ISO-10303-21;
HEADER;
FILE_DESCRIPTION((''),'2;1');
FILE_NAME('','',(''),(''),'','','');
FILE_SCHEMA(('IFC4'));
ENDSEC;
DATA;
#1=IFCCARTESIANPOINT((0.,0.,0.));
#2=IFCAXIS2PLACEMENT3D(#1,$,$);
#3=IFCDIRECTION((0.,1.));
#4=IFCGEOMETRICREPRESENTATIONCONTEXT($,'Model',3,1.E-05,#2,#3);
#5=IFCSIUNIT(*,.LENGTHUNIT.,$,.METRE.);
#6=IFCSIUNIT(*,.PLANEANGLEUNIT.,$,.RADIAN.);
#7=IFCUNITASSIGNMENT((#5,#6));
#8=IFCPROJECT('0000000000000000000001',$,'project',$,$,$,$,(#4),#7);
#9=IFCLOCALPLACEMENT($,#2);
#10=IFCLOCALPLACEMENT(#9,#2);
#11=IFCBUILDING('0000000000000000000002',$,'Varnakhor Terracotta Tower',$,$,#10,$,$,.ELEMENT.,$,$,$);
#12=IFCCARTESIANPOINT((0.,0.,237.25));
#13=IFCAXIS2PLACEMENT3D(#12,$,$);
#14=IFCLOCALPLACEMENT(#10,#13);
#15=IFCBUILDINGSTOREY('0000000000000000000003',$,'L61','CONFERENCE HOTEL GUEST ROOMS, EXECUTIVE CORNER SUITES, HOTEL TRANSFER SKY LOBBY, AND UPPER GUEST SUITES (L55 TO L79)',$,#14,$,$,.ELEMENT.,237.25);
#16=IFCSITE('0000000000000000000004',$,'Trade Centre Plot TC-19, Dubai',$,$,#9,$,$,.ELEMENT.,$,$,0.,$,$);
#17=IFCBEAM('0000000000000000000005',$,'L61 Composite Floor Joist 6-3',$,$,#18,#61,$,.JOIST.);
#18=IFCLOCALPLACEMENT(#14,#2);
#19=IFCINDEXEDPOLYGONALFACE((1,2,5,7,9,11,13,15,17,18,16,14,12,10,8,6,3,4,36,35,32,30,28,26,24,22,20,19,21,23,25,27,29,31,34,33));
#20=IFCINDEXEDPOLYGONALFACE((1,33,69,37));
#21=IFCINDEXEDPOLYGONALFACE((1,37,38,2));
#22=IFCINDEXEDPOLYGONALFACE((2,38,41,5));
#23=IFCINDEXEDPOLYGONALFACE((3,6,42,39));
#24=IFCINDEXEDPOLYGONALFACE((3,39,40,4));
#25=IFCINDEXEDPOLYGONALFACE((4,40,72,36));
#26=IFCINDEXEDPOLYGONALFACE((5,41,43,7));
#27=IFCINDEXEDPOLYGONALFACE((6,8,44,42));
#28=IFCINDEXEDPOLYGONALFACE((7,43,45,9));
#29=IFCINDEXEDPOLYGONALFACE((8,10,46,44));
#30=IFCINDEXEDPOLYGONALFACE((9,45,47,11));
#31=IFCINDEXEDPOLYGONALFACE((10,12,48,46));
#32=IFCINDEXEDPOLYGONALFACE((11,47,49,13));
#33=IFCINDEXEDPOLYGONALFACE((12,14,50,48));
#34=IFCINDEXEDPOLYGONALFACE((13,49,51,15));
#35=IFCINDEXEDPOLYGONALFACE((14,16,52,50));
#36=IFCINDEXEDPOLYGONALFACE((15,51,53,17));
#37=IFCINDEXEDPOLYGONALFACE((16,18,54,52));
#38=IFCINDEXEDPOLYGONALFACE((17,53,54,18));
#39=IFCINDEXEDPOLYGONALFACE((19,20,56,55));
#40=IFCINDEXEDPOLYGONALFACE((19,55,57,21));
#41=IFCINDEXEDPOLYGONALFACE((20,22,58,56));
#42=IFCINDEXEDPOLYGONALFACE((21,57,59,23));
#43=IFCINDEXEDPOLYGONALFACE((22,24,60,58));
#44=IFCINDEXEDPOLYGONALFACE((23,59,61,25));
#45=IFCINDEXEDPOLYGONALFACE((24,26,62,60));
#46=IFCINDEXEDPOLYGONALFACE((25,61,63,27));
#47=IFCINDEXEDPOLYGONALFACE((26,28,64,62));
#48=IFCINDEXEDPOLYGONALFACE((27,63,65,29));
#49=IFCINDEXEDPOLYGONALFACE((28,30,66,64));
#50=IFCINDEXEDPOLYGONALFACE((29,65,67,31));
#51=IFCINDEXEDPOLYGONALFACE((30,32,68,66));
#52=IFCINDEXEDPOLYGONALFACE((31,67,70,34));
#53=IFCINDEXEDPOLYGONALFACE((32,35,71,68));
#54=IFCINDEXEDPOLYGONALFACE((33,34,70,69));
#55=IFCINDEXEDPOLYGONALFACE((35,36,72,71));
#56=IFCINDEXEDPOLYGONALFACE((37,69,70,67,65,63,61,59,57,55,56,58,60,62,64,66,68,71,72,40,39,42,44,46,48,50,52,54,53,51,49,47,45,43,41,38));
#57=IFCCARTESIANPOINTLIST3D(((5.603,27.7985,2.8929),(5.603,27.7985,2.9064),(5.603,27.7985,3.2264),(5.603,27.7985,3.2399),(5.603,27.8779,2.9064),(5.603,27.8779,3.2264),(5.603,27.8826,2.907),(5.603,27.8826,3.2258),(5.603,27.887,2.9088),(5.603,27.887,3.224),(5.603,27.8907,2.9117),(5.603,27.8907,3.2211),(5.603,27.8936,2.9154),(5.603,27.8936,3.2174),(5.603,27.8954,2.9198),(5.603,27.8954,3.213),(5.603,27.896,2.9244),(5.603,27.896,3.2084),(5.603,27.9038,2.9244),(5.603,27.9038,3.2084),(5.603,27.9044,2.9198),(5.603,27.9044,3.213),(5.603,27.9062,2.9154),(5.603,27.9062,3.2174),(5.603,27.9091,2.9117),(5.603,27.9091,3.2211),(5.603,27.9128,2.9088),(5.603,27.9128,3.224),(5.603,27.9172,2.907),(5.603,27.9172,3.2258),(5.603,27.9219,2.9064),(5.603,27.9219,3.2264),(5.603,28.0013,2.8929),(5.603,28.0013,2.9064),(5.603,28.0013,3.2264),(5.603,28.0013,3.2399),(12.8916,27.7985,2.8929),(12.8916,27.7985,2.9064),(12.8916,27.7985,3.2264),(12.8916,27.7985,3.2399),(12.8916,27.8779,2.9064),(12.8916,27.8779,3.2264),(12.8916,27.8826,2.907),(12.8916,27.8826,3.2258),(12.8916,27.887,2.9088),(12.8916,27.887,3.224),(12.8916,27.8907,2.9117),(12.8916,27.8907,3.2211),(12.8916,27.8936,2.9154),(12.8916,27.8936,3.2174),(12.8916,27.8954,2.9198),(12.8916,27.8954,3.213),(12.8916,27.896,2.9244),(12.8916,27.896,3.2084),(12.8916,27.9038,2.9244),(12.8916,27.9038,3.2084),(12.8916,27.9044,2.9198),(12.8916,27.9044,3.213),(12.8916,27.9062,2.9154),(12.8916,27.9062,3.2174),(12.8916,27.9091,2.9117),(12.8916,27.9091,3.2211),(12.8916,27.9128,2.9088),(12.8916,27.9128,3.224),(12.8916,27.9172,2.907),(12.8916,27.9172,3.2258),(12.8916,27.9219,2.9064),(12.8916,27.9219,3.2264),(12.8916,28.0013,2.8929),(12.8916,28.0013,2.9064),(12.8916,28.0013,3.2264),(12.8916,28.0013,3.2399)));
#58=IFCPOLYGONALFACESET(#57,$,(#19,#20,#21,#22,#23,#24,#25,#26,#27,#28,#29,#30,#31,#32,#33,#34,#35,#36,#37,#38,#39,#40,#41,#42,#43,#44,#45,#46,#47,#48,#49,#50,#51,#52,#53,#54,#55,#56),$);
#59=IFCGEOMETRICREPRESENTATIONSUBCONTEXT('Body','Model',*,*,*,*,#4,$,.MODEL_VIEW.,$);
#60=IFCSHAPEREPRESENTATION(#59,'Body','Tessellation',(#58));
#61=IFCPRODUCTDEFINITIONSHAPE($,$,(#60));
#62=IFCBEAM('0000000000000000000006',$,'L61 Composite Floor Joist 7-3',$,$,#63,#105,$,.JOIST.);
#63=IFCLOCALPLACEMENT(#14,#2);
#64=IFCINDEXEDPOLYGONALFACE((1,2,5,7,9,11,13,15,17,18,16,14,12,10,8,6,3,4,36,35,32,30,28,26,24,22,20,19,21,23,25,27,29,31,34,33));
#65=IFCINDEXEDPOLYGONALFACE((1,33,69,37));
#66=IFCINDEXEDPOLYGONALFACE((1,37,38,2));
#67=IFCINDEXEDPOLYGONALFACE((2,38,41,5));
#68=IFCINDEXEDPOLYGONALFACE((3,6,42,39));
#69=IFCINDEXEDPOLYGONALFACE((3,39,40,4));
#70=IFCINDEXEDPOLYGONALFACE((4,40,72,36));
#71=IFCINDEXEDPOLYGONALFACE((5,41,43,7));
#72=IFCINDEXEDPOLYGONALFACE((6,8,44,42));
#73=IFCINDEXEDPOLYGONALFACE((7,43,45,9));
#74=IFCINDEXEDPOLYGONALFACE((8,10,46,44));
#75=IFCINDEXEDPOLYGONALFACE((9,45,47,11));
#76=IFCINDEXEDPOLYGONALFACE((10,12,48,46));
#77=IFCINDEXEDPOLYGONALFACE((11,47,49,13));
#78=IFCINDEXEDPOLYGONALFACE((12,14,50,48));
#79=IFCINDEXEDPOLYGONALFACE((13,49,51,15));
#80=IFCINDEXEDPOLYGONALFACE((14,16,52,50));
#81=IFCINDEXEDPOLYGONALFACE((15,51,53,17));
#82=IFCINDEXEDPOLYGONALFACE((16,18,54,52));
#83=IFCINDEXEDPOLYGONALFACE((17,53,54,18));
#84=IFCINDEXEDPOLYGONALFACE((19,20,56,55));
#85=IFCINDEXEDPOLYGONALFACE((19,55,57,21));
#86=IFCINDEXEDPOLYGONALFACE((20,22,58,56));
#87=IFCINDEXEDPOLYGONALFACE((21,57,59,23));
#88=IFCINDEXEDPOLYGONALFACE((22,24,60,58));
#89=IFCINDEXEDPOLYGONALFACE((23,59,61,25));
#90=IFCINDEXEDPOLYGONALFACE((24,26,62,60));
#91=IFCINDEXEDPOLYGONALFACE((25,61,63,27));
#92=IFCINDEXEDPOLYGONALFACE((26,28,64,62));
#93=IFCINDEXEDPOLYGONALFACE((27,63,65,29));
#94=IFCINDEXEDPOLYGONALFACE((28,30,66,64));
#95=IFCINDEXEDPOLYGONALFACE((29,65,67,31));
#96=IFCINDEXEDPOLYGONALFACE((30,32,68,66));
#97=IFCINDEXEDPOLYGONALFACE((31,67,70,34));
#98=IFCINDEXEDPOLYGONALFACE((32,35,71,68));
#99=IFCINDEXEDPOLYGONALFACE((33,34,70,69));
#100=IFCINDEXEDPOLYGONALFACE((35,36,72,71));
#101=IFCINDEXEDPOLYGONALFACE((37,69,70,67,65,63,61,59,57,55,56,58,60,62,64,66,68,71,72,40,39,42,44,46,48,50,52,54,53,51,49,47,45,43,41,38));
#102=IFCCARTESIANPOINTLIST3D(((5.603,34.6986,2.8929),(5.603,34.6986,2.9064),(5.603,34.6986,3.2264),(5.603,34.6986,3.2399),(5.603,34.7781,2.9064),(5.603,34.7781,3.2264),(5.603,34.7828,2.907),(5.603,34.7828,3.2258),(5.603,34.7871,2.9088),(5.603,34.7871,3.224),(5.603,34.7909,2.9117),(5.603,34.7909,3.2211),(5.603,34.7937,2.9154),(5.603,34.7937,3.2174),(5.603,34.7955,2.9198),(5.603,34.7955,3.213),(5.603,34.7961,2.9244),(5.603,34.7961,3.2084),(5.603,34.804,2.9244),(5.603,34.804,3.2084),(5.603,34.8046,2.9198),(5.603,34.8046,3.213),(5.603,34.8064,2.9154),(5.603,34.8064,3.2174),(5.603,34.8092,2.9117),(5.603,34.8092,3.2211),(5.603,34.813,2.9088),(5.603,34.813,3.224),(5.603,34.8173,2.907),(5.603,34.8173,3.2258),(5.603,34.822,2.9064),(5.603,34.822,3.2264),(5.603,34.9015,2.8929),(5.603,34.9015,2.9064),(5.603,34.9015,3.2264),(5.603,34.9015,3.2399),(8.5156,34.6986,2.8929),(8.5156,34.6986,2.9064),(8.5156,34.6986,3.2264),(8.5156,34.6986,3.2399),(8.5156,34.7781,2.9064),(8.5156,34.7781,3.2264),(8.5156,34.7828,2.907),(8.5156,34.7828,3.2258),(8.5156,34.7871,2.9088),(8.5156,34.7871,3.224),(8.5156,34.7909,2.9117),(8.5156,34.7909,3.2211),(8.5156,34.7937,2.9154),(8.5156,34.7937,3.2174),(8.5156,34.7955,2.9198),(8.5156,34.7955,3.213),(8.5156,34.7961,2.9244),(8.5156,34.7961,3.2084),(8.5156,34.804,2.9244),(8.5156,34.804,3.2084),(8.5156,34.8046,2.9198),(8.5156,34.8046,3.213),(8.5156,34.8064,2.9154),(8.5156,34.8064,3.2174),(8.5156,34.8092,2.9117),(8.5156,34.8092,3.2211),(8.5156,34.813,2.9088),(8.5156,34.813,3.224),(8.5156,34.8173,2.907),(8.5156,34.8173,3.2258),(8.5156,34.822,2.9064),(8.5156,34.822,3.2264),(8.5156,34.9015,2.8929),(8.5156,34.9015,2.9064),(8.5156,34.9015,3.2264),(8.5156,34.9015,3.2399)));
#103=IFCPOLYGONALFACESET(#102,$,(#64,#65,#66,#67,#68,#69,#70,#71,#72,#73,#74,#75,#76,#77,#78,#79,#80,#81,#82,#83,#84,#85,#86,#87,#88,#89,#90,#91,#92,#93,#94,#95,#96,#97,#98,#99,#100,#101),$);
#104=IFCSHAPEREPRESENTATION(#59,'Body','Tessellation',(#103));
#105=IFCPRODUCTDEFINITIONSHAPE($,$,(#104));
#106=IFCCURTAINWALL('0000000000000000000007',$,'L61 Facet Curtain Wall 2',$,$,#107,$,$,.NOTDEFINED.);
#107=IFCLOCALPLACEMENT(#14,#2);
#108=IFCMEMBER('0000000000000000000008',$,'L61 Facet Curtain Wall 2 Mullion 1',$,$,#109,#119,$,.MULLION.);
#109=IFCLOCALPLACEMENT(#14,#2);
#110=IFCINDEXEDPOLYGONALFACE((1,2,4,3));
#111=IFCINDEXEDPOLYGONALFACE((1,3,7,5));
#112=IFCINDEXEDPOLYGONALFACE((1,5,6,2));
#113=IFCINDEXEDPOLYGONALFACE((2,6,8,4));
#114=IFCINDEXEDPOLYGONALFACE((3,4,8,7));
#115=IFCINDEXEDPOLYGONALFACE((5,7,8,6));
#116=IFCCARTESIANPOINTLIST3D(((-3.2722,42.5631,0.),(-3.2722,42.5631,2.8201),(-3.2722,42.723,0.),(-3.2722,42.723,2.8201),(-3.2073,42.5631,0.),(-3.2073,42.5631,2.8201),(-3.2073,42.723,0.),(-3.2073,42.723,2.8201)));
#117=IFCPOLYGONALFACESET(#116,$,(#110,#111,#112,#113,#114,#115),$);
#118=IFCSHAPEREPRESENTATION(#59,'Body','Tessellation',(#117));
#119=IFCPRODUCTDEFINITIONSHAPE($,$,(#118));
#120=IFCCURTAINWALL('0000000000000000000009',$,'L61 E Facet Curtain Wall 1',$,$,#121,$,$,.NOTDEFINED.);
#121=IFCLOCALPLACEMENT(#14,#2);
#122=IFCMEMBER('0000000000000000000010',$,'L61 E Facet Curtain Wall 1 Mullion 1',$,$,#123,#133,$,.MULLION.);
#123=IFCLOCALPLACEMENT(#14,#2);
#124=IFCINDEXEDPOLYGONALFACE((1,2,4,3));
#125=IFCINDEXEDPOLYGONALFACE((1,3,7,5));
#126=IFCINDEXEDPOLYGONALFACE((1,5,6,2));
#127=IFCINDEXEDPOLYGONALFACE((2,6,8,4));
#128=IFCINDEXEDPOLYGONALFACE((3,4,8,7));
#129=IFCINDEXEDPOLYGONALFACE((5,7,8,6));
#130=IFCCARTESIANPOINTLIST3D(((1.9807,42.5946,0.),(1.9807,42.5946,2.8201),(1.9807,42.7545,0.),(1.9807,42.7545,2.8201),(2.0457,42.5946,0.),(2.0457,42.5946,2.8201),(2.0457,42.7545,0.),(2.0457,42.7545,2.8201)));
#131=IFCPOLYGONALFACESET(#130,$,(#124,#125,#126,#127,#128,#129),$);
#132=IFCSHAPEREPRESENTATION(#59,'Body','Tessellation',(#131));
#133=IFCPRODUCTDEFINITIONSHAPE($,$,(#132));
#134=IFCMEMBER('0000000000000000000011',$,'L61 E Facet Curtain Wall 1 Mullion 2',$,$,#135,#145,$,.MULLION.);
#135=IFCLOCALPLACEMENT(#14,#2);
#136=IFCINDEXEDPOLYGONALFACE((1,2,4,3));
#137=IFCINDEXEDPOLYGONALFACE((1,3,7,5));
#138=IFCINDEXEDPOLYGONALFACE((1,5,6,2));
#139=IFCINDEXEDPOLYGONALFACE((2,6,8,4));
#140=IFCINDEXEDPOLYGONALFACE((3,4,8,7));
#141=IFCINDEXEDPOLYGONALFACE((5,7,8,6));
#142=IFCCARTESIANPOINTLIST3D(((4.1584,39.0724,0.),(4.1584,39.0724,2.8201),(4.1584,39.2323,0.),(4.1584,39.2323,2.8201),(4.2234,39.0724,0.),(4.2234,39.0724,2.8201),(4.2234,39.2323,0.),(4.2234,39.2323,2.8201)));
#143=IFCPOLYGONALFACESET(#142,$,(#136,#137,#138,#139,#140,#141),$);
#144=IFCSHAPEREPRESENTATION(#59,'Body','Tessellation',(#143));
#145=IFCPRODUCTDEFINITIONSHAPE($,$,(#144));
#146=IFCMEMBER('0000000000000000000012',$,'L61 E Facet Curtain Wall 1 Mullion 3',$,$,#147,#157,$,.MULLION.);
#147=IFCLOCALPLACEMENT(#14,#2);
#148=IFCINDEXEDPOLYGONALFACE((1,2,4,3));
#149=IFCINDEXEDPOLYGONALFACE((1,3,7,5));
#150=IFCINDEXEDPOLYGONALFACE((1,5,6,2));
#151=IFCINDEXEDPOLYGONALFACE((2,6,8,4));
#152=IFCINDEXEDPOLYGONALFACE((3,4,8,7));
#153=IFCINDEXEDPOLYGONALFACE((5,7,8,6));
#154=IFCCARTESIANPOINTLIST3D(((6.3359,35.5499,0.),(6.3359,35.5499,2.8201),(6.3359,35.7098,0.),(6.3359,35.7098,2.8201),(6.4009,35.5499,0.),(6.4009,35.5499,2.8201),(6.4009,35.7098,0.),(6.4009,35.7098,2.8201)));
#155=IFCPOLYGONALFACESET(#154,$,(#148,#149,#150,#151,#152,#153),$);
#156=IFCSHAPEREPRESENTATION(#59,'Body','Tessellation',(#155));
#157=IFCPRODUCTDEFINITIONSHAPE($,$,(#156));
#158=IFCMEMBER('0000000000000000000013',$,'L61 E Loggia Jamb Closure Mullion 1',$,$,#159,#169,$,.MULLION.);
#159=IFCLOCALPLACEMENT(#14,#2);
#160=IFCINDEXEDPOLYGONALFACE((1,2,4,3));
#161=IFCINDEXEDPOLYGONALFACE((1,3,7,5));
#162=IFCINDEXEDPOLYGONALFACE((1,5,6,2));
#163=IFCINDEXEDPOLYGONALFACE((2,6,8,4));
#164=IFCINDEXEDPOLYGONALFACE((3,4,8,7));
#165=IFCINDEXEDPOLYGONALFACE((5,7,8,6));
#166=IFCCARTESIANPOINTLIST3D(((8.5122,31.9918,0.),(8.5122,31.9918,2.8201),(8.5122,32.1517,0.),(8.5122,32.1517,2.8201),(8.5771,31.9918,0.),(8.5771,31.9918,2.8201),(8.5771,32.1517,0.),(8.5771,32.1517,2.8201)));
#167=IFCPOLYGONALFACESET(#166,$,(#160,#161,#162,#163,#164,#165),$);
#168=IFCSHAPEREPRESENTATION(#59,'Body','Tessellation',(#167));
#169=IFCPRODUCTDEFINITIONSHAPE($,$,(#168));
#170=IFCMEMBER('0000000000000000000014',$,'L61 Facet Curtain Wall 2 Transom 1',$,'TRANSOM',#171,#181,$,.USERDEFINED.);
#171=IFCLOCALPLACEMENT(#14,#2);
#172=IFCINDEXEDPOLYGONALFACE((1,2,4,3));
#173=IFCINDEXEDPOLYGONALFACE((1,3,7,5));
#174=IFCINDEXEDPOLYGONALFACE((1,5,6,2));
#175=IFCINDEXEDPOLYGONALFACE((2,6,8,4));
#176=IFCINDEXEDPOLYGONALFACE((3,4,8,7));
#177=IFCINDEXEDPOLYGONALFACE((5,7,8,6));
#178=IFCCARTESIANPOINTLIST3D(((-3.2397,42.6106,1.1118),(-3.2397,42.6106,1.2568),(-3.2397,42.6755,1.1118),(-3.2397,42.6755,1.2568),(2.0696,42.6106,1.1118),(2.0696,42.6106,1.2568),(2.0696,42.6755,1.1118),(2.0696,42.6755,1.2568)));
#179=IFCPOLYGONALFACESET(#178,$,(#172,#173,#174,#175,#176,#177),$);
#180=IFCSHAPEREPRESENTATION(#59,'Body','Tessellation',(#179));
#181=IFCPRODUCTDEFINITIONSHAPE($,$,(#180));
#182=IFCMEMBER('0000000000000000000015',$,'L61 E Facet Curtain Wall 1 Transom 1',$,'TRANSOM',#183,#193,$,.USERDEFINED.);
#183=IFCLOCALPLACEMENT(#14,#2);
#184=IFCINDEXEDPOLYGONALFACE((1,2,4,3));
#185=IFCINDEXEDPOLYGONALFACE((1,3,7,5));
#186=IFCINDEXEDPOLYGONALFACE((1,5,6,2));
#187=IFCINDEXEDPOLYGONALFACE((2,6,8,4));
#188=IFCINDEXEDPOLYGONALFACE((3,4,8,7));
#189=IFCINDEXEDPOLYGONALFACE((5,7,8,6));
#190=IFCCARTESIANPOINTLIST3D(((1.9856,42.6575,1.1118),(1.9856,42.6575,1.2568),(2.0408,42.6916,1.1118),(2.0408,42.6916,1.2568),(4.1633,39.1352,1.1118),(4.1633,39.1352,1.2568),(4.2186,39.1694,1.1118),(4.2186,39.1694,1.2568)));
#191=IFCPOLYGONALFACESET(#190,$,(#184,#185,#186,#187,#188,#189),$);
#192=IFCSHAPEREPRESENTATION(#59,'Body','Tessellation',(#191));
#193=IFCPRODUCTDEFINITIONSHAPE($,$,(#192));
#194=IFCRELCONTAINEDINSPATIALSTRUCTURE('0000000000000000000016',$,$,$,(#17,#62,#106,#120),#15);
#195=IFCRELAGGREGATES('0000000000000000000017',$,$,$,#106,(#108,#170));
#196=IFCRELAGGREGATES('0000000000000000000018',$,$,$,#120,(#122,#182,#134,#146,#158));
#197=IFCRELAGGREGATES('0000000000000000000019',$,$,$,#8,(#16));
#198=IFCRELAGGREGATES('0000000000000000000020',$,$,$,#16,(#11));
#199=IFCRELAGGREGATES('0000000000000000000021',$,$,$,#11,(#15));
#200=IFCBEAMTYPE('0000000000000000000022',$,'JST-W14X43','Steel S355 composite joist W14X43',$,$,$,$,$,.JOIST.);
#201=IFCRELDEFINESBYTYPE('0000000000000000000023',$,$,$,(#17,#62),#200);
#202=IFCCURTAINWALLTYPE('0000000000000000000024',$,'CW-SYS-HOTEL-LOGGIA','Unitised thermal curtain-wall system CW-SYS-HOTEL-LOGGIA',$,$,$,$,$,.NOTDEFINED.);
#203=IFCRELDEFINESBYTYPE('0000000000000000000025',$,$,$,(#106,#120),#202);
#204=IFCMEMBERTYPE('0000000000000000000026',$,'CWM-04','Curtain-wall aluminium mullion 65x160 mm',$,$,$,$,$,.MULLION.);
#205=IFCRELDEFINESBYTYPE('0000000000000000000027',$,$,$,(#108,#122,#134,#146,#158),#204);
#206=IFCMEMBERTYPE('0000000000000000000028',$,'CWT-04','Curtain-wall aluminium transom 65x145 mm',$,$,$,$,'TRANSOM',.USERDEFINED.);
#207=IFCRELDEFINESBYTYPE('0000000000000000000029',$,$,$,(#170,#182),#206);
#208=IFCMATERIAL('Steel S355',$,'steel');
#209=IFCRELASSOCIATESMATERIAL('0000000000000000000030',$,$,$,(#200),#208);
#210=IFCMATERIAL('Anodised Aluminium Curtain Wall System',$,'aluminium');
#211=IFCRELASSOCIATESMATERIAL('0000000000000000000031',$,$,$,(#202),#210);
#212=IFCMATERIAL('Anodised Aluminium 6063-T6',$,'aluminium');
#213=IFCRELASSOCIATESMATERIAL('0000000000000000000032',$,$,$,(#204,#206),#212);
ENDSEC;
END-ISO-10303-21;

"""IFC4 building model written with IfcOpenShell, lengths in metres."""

from ifc_helpers import new_model, si_unit, direction, frame, origin, origin_2d, place, context, subcontext, project, spatial, rectangle, i_section, extrude, source, transform, mapped, material, material_profile, profile_set, type_object, type_shapes, element, aggregate, save


model = new_model("IFC4")

# Units and contexts
model_context = context("Model", 3, precision=1e-05, world=origin(), true_north=direction((0.0, 1.0)))
body_context = subcontext(model_context, "Body", "Model", "MODEL_VIEW")
ifc_project = project(units=[si_unit("LENGTHUNIT", "METRE"), si_unit("PLANEANGLEUNIT", "RADIAN")], contexts=[model_context])

# Site, building, storey
site_placement = place(None, origin())
site = spatial("IfcSite", under=ifc_project, at=site_placement, Name="Trade Centre Plot TC-19, Dubai", CompositionType="ELEMENT", RefElevation=0.0)
building_placement = place(site_placement, origin())
building = spatial("IfcBuilding", under=site, at=building_placement, Name="Varnakhor Terracotta Tower", CompositionType="ELEMENT")
storey_placement = place(building_placement, frame((0.0, 0.0, 237.25)))
storey = spatial("IfcBuildingStorey", under=building, at=storey_placement, Name="L61", Description="CONFERENCE HOTEL GUEST ROOMS, EXECUTIVE CORNER SUITES, HOTEL TRANSFER SKY LOBBY, AND UPPER GUEST SUITES (L55 TO L79)", CompositionType="ELEMENT", Elevation=237.25)

# Beams
ifc_material_1 = material(Name="Steel S355", Category="steel")
ifc_material_profile_1 = material_profile(ifc_material_1, i_section(OverallWidth=0.2029, OverallDepth=0.3469, WebThickness=0.0078, FlangeThickness=0.0134, FilletRadius=0.0181, at=origin_2d()), Name="W14X43")
ifc_profile_set_1 = profile_set([ifc_material_profile_1], Name="Steel S355")
beam_type_1 = type_object("IfcBeamType", Name="JST-W14X43", Description="Steel S355 composite joist W14X43", PredefinedType="JOIST", material=ifc_profile_set_1)
shared_shape_1 = source(origin(), body_context, "Body", "SweptSolid", [
    extrude(i_section(OverallWidth=0.2029, OverallDepth=0.3469, WebThickness=0.0078, FlangeThickness=0.0134, FilletRadius=0.0181, at=origin_2d()), origin(), (0.0, 0.0, 1.0), 7.2886),
])
beam_1_placement = place(storey_placement, frame((5.603, 27.8999, 3.0664), z_axis=(1.0, 0.0, 0.0), x_axis=(0.0, 1.0, 0.0)))
element("IfcBeam", 1, at=beam_1_placement, inside=storey, type_object=beam_type_1, Name="L61 Composite Floor Joist 6-3", PredefinedType="JOIST", context=body_context, shape_type="MappedRepresentation", body=[
    mapped(shared_shape_1, transform((0.0, 0.0, 0.0), scale=1.0)),
])
shared_shape_2 = source(origin(), body_context, "Body", "SweptSolid", [
    extrude(i_section(OverallWidth=0.2029, OverallDepth=0.3469, WebThickness=0.0078, FlangeThickness=0.0134, FilletRadius=0.0181, at=origin_2d()), origin(), (0.0, 0.0, 1.0), 2.9126),
])
beam_2_placement = place(storey_placement, frame((5.603, 34.8, 3.0664), z_axis=(1.0, 0.0, 0.0), x_axis=(0.0, 1.0, 0.0)))
element("IfcBeam", 2, at=beam_2_placement, inside=storey, type_object=beam_type_1, Name="L61 Composite Floor Joist 7-3", PredefinedType="JOIST", context=body_context, shape_type="MappedRepresentation", body=[
    mapped(shared_shape_2, transform((0.0, 0.0, 0.0), scale=1.0)),
])

# Curtain wall, member
ifc_material_2 = material(Name="Anodised Aluminium Curtain Wall System", Category="aluminium")
curtain_wall_type = type_object("IfcCurtainWallType", Name="CW-SYS-HOTEL-LOGGIA", Description="Unitised thermal curtain-wall system CW-SYS-HOTEL-LOGGIA", PredefinedType="NOTDEFINED", material=ifc_material_2)
curtain_wall_1_placement = place(storey_placement, origin())
curtain_wall_1 = element("IfcCurtainWall", 3, at=curtain_wall_1_placement, inside=storey, type_object=curtain_wall_type, Name="L61 Facet Curtain Wall 2", PredefinedType="NOTDEFINED")
ifc_material_3 = material(Name="Anodised Aluminium 6063-T6", Category="aluminium")
ifc_material_profile_2 = material_profile(ifc_material_3, rectangle(XDim=0.0649, YDim=0.1599, at=origin_2d()), Name="ALU MULLION 65x160")
ifc_profile_set_2 = profile_set([ifc_material_profile_2], Name="Anodised Aluminium 6063-T6")
member_type_1 = type_object("IfcMemberType", Name="CWM-04", Description="Curtain-wall aluminium mullion 65x160 mm", PredefinedType="MULLION", material=ifc_profile_set_2)
shared_shape_3 = source(origin(), body_context, "Body", "SweptSolid", [
    extrude(rectangle(XDim=0.0649, YDim=0.1599, at=origin_2d()), origin(), (0.0, 0.0, 1.0), 2.8201),
])
type_shapes(member_type_1, [shared_shape_3])
member_1_placement = place(storey_placement, frame((-3.2397, 42.6431, 0.0), z_axis=(0.0, 0.0, 1.0), x_axis=(1.0, 0.0, 0.0)))
member_1 = element("IfcMember", 4, at=member_1_placement, type_object=member_type_1, Name="L61 Facet Curtain Wall 2 Mullion 1", PredefinedType="MULLION", context=body_context, shape_type="MappedRepresentation", body=[
    mapped(shared_shape_3, transform((0.0, 0.0, 0.0), scale=1.0)),
])

# Curtain wall, members
curtain_wall_2_placement = place(storey_placement, origin())
curtain_wall_2 = element("IfcCurtainWall", 5, at=curtain_wall_2_placement, inside=storey, type_object=curtain_wall_type, Name="L61 E Facet Curtain Wall 1", PredefinedType="NOTDEFINED")
member_2_placement = place(storey_placement, frame((2.0132, 42.6746, 0.0), z_axis=(0.0, 0.0, 1.0), x_axis=(1.0, 0.0, 0.0)))
member_2 = element("IfcMember", 6, at=member_2_placement, type_object=member_type_1, Name="L61 E Facet Curtain Wall 1 Mullion 1", PredefinedType="MULLION", context=body_context, shape_type="MappedRepresentation", body=[
    mapped(shared_shape_3, transform((0.0, 0.0, 0.0), scale=1.0)),
])
member_3_placement = place(storey_placement, frame((4.1909, 39.1523, 0.0), z_axis=(0.0, 0.0, 1.0), x_axis=(1.0, 0.0, 0.0)))
member_3 = element("IfcMember", 7, at=member_3_placement, type_object=member_type_1, Name="L61 E Facet Curtain Wall 1 Mullion 2", PredefinedType="MULLION", context=body_context, shape_type="MappedRepresentation", body=[
    mapped(shared_shape_3, transform((0.0, 0.0, 0.0), scale=1.0)),
])
member_4_placement = place(storey_placement, frame((6.3684, 35.6299, 0.0), z_axis=(0.0, 0.0, 1.0), x_axis=(1.0, 0.0, 0.0)))
member_4 = element("IfcMember", 8, at=member_4_placement, type_object=member_type_1, Name="L61 E Facet Curtain Wall 1 Mullion 3", PredefinedType="MULLION", context=body_context, shape_type="MappedRepresentation", body=[
    mapped(shared_shape_3, transform((0.0, 0.0, 0.0), scale=1.0)),
])
member_5_placement = place(storey_placement, frame((8.5447, 32.0718, 0.0), z_axis=(0.0, 0.0, 1.0), x_axis=(1.0, 0.0, 0.0)))
member_5 = element("IfcMember", 9, at=member_5_placement, type_object=member_type_1, Name="L61 E Loggia Jamb Closure Mullion 1", PredefinedType="MULLION", context=body_context, shape_type="MappedRepresentation", body=[
    mapped(shared_shape_3, transform((0.0, 0.0, 0.0), scale=1.0)),
])

# Members
ifc_material_profile_3 = material_profile(ifc_material_3, rectangle(XDim=0.0649, YDim=0.145, at=origin_2d()), Name="ALU TRANSOM 65x145")
ifc_profile_set_3 = profile_set([ifc_material_profile_3], Name="Anodised Aluminium 6063-T6")
member_type_2 = type_object("IfcMemberType", Name="CWT-04", Description="Curtain-wall aluminium transom 65x145 mm", ElementType="TRANSOM", PredefinedType="USERDEFINED", material=ifc_profile_set_3)
shared_shape_4 = source(origin(), body_context, "Body", "SweptSolid", [
    extrude(rectangle(XDim=0.0649, YDim=0.145, at=origin_2d()), origin(), (0.0, 0.0, 1.0), 5.3093),
])
member_6_placement = place(storey_placement, frame((-3.2397, 42.6431, 1.1843), z_axis=(1.0, 0.0, 0.0), x_axis=(0.0, 1.0, 0.0)))
member_6 = element("IfcMember", 10, at=member_6_placement, type_object=member_type_2, Name="L61 Facet Curtain Wall 2 Transom 1", ObjectType="TRANSOM", PredefinedType="USERDEFINED", context=body_context, shape_type="MappedRepresentation", body=[
    mapped(shared_shape_4, transform((0.0, 0.0, 0.0), scale=1.0)),
])
shared_shape_5 = source(origin(), body_context, "Body", "SweptSolid", [
    extrude(rectangle(XDim=0.0649, YDim=0.145, at=origin_2d()), origin(), (0.0, 0.0, 1.0), 4.1411),
])
member_7_placement = place(storey_placement, frame((2.0132, 42.6746, 1.1843), z_axis=(0.525886, -0.850555, 0.0), x_axis=(0.850555, 0.525886, 0.0)))
member_7 = element("IfcMember", 11, at=member_7_placement, type_object=member_type_2, Name="L61 E Facet Curtain Wall 1 Transom 1", ObjectType="TRANSOM", PredefinedType="USERDEFINED", context=body_context, shape_type="MappedRepresentation", body=[
    mapped(shared_shape_5, transform((0.0, 0.0, 0.0), scale=1.0)),
])

aggregate(curtain_wall_1, [member_1, member_6])
aggregate(curtain_wall_2, [member_2, member_7, member_3, member_4, member_5])

save(model, "model.ifc")
